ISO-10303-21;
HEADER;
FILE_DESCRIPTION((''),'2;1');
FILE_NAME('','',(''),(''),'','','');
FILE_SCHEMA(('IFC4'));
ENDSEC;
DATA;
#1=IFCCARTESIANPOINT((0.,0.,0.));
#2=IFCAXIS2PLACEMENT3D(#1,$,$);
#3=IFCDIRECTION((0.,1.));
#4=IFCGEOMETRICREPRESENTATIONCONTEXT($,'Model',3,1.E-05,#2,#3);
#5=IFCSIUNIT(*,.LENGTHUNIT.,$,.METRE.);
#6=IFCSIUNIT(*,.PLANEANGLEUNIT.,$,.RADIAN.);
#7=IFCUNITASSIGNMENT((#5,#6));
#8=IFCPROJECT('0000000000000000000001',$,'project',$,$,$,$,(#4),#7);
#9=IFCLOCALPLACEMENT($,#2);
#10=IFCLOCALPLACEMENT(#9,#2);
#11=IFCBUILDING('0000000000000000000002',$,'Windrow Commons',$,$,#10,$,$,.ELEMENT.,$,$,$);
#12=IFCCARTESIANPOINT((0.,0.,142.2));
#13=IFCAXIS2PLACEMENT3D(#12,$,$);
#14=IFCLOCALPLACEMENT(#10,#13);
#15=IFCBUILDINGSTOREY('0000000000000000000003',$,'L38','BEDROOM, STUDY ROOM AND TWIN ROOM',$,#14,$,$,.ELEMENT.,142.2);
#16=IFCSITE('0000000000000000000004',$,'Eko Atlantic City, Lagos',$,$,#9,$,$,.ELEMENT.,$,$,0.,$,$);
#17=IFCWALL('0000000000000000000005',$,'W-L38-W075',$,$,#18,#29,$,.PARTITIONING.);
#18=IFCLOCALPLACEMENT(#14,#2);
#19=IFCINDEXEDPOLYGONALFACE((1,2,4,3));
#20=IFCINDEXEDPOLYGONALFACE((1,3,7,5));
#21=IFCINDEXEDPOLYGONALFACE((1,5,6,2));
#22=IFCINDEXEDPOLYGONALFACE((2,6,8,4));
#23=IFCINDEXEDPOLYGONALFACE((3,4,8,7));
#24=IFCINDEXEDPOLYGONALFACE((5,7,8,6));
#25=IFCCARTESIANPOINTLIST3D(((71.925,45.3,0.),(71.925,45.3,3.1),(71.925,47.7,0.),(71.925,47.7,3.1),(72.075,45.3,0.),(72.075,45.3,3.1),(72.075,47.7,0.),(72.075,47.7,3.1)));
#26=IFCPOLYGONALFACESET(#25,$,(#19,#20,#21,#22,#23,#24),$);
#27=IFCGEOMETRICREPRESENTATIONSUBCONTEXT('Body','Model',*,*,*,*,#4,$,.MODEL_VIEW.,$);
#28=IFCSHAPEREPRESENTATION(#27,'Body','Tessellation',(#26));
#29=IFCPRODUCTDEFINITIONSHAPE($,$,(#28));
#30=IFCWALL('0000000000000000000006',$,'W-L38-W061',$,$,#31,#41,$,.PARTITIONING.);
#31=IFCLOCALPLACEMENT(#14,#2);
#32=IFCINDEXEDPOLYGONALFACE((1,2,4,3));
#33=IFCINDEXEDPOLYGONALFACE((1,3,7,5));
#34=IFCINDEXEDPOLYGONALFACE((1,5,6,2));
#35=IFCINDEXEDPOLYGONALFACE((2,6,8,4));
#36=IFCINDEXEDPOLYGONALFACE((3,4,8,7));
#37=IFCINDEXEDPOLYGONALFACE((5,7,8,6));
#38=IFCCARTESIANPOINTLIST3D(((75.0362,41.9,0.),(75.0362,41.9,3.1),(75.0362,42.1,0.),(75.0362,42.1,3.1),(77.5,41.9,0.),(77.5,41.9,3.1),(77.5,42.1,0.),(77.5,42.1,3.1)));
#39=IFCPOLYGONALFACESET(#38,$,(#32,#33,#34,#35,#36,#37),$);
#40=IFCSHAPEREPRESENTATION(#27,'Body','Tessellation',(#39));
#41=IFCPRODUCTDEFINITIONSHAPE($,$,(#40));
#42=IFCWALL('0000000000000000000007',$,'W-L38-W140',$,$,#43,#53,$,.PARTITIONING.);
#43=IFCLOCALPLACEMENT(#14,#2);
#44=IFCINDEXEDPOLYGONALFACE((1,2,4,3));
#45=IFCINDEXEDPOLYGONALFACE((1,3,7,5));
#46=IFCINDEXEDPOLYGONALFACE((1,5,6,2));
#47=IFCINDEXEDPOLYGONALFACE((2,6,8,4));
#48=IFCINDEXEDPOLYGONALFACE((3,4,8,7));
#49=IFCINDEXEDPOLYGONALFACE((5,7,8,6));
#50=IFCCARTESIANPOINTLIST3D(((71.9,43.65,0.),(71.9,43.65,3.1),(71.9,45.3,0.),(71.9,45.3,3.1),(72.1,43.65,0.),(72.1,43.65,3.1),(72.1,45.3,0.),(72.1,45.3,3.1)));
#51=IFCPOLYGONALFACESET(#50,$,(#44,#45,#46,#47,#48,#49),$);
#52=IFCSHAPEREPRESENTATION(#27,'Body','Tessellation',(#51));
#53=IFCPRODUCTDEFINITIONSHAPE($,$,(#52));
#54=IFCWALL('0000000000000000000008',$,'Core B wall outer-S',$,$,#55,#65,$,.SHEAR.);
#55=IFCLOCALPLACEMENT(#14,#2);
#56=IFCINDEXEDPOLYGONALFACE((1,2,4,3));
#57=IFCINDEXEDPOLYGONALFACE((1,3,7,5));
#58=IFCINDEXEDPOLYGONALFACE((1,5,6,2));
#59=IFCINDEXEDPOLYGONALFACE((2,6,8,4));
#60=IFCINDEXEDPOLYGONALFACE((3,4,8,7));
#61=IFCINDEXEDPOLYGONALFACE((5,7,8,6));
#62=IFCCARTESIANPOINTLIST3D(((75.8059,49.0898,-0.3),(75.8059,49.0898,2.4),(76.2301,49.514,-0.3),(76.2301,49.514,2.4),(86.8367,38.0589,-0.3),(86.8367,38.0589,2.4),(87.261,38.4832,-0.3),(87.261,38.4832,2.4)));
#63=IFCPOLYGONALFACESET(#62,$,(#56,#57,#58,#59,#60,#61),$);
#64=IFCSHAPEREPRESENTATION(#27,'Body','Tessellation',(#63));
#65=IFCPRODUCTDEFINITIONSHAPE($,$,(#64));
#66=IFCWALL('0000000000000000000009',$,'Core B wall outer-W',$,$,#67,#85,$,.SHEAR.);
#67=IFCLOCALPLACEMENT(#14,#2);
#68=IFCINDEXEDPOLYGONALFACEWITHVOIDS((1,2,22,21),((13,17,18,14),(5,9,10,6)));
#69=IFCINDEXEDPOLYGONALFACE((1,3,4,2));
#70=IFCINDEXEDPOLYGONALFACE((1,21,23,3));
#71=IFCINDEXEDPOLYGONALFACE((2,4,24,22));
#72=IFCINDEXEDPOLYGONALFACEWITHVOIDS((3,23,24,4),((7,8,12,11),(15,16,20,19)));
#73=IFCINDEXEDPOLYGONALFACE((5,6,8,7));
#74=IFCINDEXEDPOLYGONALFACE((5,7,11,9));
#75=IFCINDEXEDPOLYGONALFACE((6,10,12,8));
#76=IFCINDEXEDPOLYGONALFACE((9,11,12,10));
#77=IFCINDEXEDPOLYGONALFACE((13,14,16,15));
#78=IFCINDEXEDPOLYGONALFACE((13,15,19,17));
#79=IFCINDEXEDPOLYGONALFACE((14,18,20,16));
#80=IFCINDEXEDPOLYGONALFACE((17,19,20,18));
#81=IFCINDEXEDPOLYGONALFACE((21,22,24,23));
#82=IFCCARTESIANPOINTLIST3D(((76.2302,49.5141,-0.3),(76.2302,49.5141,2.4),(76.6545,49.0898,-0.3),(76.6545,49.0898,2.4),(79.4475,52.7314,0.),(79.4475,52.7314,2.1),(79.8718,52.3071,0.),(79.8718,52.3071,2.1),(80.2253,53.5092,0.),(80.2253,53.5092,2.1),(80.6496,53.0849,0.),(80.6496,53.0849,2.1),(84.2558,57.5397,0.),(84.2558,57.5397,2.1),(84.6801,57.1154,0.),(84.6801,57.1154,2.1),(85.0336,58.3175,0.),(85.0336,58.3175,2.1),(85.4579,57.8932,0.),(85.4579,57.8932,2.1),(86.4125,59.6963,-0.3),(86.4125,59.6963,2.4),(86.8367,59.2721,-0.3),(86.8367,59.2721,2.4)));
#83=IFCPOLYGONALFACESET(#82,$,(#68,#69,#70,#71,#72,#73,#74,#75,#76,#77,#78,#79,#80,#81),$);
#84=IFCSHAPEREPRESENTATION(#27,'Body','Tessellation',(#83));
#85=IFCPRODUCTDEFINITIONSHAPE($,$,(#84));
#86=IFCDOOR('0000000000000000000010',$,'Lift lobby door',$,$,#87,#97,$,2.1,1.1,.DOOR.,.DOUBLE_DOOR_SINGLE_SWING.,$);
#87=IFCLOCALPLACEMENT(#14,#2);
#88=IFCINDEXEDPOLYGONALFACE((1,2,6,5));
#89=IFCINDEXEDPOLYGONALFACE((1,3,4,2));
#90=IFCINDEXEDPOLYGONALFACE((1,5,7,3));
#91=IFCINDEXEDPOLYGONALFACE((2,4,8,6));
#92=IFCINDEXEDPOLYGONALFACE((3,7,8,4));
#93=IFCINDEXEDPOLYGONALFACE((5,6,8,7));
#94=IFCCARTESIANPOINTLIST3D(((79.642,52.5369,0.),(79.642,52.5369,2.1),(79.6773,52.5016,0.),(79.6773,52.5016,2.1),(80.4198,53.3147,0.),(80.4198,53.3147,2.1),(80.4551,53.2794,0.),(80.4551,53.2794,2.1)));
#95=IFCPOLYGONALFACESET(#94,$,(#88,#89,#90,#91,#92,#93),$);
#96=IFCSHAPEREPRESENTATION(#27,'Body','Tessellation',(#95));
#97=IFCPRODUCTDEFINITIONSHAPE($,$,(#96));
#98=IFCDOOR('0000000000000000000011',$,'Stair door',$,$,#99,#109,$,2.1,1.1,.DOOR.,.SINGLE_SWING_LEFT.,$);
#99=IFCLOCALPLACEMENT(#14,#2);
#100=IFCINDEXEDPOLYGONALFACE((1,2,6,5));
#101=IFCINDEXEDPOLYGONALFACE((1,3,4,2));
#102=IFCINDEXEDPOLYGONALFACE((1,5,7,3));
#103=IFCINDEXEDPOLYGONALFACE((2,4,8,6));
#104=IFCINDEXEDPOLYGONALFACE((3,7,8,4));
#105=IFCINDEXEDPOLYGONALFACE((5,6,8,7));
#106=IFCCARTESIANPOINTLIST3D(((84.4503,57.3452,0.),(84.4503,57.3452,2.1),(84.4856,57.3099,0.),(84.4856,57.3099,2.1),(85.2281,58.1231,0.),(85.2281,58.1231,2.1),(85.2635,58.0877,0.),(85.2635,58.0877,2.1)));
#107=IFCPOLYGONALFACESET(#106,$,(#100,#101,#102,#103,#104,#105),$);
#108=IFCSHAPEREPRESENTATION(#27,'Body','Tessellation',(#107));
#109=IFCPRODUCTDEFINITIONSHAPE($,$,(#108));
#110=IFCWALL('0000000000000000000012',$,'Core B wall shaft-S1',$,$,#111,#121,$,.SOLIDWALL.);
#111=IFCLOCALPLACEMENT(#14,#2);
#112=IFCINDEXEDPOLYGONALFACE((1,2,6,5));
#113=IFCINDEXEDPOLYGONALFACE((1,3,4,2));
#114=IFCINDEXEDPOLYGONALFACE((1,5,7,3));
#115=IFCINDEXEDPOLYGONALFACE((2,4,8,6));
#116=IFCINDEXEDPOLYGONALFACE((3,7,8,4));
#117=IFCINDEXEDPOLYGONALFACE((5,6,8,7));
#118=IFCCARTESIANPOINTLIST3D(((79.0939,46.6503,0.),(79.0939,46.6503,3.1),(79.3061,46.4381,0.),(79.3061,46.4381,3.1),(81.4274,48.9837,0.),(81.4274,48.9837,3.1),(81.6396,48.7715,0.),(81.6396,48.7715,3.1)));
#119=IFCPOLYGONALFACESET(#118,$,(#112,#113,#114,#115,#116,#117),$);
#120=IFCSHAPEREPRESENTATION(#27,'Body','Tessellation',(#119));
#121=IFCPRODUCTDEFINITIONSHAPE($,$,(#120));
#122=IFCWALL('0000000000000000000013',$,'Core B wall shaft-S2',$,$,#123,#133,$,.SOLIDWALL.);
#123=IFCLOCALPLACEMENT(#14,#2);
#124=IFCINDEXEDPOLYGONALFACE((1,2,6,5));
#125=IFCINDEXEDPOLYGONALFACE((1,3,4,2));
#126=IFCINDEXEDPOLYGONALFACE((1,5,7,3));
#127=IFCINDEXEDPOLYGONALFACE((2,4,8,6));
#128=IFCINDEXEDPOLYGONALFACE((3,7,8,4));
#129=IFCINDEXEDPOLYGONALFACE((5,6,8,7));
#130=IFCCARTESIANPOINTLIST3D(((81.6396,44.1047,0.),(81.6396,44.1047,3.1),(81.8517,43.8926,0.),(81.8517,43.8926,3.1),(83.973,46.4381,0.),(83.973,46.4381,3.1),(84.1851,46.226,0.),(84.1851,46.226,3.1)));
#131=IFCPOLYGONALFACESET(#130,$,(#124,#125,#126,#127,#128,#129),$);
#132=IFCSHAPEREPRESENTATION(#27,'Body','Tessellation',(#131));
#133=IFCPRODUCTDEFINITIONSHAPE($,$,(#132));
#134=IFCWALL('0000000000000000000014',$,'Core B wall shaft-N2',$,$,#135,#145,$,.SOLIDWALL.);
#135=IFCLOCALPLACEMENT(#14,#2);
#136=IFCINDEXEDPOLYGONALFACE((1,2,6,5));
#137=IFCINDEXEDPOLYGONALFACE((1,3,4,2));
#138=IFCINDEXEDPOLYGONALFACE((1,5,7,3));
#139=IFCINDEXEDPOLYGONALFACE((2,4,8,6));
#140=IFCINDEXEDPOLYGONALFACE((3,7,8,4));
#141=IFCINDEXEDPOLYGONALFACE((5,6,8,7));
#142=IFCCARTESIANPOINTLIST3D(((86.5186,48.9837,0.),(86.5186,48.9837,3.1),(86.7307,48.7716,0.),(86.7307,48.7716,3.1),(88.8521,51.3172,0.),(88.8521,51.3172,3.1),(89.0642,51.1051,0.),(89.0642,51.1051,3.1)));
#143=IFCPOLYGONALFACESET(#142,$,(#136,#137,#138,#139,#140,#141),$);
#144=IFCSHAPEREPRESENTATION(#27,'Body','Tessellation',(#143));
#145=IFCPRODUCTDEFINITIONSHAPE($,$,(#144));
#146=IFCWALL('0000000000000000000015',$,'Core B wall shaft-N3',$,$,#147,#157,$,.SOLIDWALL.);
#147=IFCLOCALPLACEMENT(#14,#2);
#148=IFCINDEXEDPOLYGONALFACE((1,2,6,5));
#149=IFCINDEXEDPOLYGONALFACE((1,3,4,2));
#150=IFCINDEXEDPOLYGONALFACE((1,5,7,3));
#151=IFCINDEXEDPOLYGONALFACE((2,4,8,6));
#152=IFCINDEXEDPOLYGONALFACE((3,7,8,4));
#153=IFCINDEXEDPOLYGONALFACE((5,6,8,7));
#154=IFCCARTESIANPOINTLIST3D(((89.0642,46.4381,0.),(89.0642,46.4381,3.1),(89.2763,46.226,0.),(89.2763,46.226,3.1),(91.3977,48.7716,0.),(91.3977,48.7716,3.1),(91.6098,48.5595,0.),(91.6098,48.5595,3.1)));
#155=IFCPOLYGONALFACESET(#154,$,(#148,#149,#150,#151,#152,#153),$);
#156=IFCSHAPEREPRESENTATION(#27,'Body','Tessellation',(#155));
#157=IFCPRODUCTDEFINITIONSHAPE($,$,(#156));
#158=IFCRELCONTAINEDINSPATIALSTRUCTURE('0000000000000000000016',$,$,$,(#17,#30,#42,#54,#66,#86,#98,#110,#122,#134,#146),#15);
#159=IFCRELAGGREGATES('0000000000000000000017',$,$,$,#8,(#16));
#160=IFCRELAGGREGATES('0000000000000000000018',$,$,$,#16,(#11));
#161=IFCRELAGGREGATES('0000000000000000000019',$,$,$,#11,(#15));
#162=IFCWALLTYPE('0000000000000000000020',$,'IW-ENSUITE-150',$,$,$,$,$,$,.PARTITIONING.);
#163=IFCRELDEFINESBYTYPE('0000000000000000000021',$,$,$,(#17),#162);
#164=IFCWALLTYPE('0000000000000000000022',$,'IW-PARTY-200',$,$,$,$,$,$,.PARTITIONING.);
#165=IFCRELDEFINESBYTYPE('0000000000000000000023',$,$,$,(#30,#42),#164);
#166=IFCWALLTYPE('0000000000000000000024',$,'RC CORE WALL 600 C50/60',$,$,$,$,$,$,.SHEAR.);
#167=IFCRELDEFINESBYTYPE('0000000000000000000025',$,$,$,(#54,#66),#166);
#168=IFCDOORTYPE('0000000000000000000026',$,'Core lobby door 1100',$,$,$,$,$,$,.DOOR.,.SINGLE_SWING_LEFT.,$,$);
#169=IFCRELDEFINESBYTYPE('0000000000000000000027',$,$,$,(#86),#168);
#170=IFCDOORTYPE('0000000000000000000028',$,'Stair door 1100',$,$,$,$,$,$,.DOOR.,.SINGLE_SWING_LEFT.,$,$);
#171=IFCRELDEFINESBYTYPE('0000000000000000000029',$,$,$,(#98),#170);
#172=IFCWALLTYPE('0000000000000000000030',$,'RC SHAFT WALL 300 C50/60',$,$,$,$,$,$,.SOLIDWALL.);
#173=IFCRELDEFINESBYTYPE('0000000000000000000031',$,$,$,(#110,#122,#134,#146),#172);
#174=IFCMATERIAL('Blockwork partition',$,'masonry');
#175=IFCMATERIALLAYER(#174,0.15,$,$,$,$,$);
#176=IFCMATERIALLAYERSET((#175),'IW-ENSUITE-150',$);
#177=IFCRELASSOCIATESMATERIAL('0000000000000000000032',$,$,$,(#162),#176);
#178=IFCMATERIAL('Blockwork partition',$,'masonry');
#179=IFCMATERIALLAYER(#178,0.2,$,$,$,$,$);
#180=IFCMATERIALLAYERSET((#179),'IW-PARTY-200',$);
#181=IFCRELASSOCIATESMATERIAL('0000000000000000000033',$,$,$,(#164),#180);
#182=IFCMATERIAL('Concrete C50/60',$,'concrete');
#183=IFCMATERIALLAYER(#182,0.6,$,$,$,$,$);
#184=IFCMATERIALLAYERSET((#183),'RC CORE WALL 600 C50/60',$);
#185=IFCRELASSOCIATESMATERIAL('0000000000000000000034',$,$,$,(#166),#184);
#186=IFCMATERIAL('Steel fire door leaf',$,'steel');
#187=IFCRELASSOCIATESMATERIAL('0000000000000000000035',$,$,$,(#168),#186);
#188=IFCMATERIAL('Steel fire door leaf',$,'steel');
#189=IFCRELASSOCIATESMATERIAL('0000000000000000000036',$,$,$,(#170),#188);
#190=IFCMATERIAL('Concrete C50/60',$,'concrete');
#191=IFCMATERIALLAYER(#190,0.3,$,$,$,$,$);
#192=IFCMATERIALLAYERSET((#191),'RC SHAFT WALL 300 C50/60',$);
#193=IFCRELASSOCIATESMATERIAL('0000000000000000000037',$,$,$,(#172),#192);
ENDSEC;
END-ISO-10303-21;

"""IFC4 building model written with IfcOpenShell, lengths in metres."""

from ifc_helpers import new_model, si_unit, direction, frame, frame_2d, origin, place, context, subcontext, project, spatial, rectangle, extrude, material, layer, layer_set, type_object, element, fill, save


model = new_model("IFC4")

# Units and contexts
model_context = context("Model", 3, precision=1e-05, world=origin(), true_north=direction((0.0, 1.0)))
body_context = subcontext(model_context, "Body", "Model", "MODEL_VIEW")
ifc_project = project(units=[si_unit("LENGTHUNIT", "METRE"), si_unit("PLANEANGLEUNIT", "RADIAN")], contexts=[model_context])

# Site, building, storey
site_placement = place(None, origin())
site = spatial("IfcSite", under=ifc_project, at=site_placement, Name="Eko Atlantic City, Lagos", CompositionType="ELEMENT", RefElevation=0.0)
building_placement = place(site_placement, origin())
building = spatial("IfcBuilding", under=site, at=building_placement, Name="Windrow Commons", CompositionType="ELEMENT")
storey_placement = place(building_placement, frame((0.0, 0.0, 142.2)))
storey = spatial("IfcBuildingStorey", under=building, at=storey_placement, Name="L38", Description="BEDROOM, STUDY ROOM AND TWIN ROOM", CompositionType="ELEMENT", Elevation=142.2)

# Walls
ifc_material_1 = material(Name="Blockwork partition", Category="masonry")
ifc_layer_1 = layer(ifc_material_1, 0.15)
ifc_layer_set_1 = layer_set([ifc_layer_1], Name="IW-ENSUITE-150")
wall_type_1 = type_object("IfcWallType", Name="IW-ENSUITE-150", PredefinedType="PARTITIONING", material=ifc_layer_set_1)
wall_1_placement = place(storey_placement, frame((72.0, 45.3, 0.0), z_axis=(0.0, 0.0, 1.0), x_axis=(0.0, 1.0, 0.0)))
element("IfcWall", 1, at=wall_1_placement, inside=storey, type_object=wall_type_1, Name="W-L38-W075", PredefinedType="PARTITIONING", context=body_context, shape_type="SweptSolid", body=[
    extrude(rectangle(XDim=2.4, YDim=0.15, at=frame_2d((1.2, 0.0))), origin(), (0.0, 0.0, 1.0), 3.1),
])
ifc_material_2 = material(Name="Blockwork partition", Category="masonry")
ifc_layer_2 = layer(ifc_material_2, 0.2)
ifc_layer_set_2 = layer_set([ifc_layer_2], Name="IW-PARTY-200")
wall_type_2 = type_object("IfcWallType", Name="IW-PARTY-200", PredefinedType="PARTITIONING", material=ifc_layer_set_2)
wall_2_placement = place(storey_placement, frame((75.0363, 42.0, 0.0), z_axis=(0.0, 0.0, 1.0), x_axis=(1.0, 0.0, 0.0)))
element("IfcWall", 2, at=wall_2_placement, inside=storey, type_object=wall_type_2, Name="W-L38-W061", PredefinedType="PARTITIONING", context=body_context, shape_type="SweptSolid", body=[
    extrude(rectangle(XDim=2.4637, YDim=0.2, at=frame_2d((1.2318, 0.0))), origin(), (0.0, 0.0, 1.0), 3.1),
])
wall_3_placement = place(storey_placement, frame((72.0, 43.65, 0.0), z_axis=(0.0, 0.0, 1.0), x_axis=(0.0, 1.0, 0.0)))
element("IfcWall", 3, at=wall_3_placement, inside=storey, type_object=wall_type_2, Name="W-L38-W140", PredefinedType="PARTITIONING", context=body_context, shape_type="SweptSolid", body=[
    extrude(rectangle(XDim=1.65, YDim=0.2, at=frame_2d((0.825, 0.0))), origin(), (0.0, 0.0, 1.0), 3.1),
])
ifc_material_3 = material(Name="Concrete C50/60", Category="concrete")
ifc_layer_3 = layer(ifc_material_3, 0.6)
ifc_layer_set_3 = layer_set([ifc_layer_3], Name="RC CORE WALL 600 C50/60")
wall_type_3 = type_object("IfcWallType", Name="RC CORE WALL 600 C50/60", PredefinedType="SHEAR", material=ifc_layer_set_3)
wall_4_placement = place(storey_placement, frame((76.018, 49.3019, -0.3), z_axis=(0.0, 0.0, 1.0), x_axis=(0.707107, -0.707107, 0.0)))
element("IfcWall", 4, at=wall_4_placement, inside=storey, type_object=wall_type_3, Name="Core B wall outer-S", PredefinedType="SHEAR", context=body_context, shape_type="SweptSolid", body=[
    extrude(rectangle(XDim=15.6, YDim=0.6, at=frame_2d((7.8, 0.0))), origin(), (0.0, 0.0, 1.0), 2.7),
])

# Wall, openings, doors
wall_5_placement = place(storey_placement, frame((76.4423, 49.3019, -0.3), z_axis=(0.0, 0.0, 1.0), x_axis=(0.707107, 0.707107, 0.0)))
wall_5 = element("IfcWall", 5, at=wall_5_placement, inside=storey, type_object=wall_type_3, Name="Core B wall outer-W", PredefinedType="SHEAR", context=body_context, shape_type="SweptSolid", body=[
    extrude(rectangle(XDim=14.3999, YDim=0.6, at=frame_2d((7.2, 0.0))), origin(), (0.0, 0.0, 1.0), 2.7),
])
opening_1_placement = place(wall_5_placement, frame((4.55, 0.0, 0.3)))
opening_1 = element("IfcOpeningElement", 6, at=opening_1_placement, cuts=wall_5, PredefinedType="OPENING", context=body_context, shape_type="SweptSolid", body=[
    extrude(rectangle(XDim=1.1, YDim=2.1, at=frame_2d((0.55, 1.05))), frame((0.0, 0.31, 0.0), z_axis=(0.0, -1.0, 0.0), x_axis=(1.0, 0.0, 0.0)), (0.0, 0.0, 1.0), 0.62),
])
opening_2_placement = place(wall_5_placement, frame((11.35, 0.0, 0.3)))
opening_2 = element("IfcOpeningElement", 7, at=opening_2_placement, cuts=wall_5, PredefinedType="OPENING", context=body_context, shape_type="SweptSolid", body=[
    extrude(rectangle(XDim=1.1, YDim=2.1, at=frame_2d((0.55, 1.05))), frame((0.0, 0.31, 0.0), z_axis=(0.0, -1.0, 0.0), x_axis=(1.0, 0.0, 0.0)), (0.0, 0.0, 1.0), 0.62),
])
ifc_material_4 = material(Name="Steel fire door leaf", Category="steel")
door_type_1 = type_object("IfcDoorType", Name="Core lobby door 1100", OperationType="SINGLE_SWING_LEFT", PredefinedType="DOOR", material=ifc_material_4)
door_1_placement = place(opening_1_placement, origin())
door_1 = element("IfcDoor", 8, at=door_1_placement, inside=storey, type_object=door_type_1, Name="Lift lobby door", OperationType="DOUBLE_DOOR_SINGLE_SWING", OverallHeight=2.1, OverallWidth=1.1, PredefinedType="DOOR", context=body_context, shape_type="SweptSolid", body=[
    extrude(rectangle(XDim=1.1, YDim=2.1, at=frame_2d((0.55, 1.05))), frame((0.0, 0.025, 0.0), z_axis=(0.0, -1.0, 0.0), x_axis=(1.0, 0.0, 0.0)), (0.0, 0.0, 1.0), 0.05),
])
fill(opening_1, door_1)
ifc_material_5 = material(Name="Steel fire door leaf", Category="steel")
door_type_2 = type_object("IfcDoorType", Name="Stair door 1100", OperationType="SINGLE_SWING_LEFT", PredefinedType="DOOR", material=ifc_material_5)
door_2_placement = place(opening_2_placement, origin())
door_2 = element("IfcDoor", 9, at=door_2_placement, inside=storey, type_object=door_type_2, Name="Stair door", OperationType="SINGLE_SWING_LEFT", OverallHeight=2.1, OverallWidth=1.1, PredefinedType="DOOR", context=body_context, shape_type="SweptSolid", body=[
    extrude(rectangle(XDim=1.1, YDim=2.1, at=frame_2d((0.55, 1.05))), frame((0.0, 0.025, 0.0), z_axis=(0.0, -1.0, 0.0), x_axis=(1.0, 0.0, 0.0)), (0.0, 0.0, 1.0), 0.05),
])
fill(opening_2, door_2)

# Walls
ifc_material_6 = material(Name="Concrete C50/60", Category="concrete")
ifc_layer_4 = layer(ifc_material_6, 0.3)
ifc_layer_set_4 = layer_set([ifc_layer_4], Name="RC SHAFT WALL 300 C50/60")
wall_type_4 = type_object("IfcWallType", Name="RC SHAFT WALL 300 C50/60", PredefinedType="SOLIDWALL", material=ifc_layer_set_4)
wall_6_placement = place(storey_placement, frame((79.2, 46.5442, 0.0), z_axis=(0.0, 0.0, 1.0), x_axis=(0.707122, 0.707092, 0.0)))
element("IfcWall", 10, at=wall_6_placement, inside=storey, type_object=wall_type_4, Name="Core B wall shaft-S1", PredefinedType="SOLIDWALL", context=body_context, shape_type="SweptSolid", body=[
    extrude(rectangle(XDim=3.3, YDim=0.3, at=frame_2d((1.65, 0.0))), origin(), (0.0, 0.0, 1.0), 3.1),
])
wall_7_placement = place(storey_placement, frame((81.7456, 43.9986, 0.0), z_axis=(0.0, 0.0, 1.0), x_axis=(0.707107, 0.707107, 0.0)))
element("IfcWall", 11, at=wall_7_placement, inside=storey, type_object=wall_type_4, Name="Core B wall shaft-S2", PredefinedType="SOLIDWALL", context=body_context, shape_type="SweptSolid", body=[
    extrude(rectangle(XDim=3.2999, YDim=0.3, at=frame_2d((1.65, 0.0))), origin(), (0.0, 0.0, 1.0), 3.1),
])
for number, where, z_axis, x_axis, name in (
    (12, (86.6246, 48.8776, 0.0), (0.0, 0.0, 1.0), (0.707107, 0.707107, 0.0), "Core B wall shaft-N2"),
    (13, (89.1702, 46.332, 0.0), (0.0, 0.0, 1.0), (0.707107, 0.707107, 0.0), "Core B wall shaft-N3"),
):
    element("IfcWall", number, at=place(storey_placement, frame(where, z_axis=z_axis, x_axis=x_axis)), inside=storey, type_object=wall_type_4, Name=name, PredefinedType="SOLIDWALL", context=body_context, shape_type="SweptSolid", body=[
        extrude(rectangle(XDim=3.3001, YDim=0.3, at=frame_2d((1.6501, 0.0))), origin(), (0.0, 0.0, 1.0), 3.1),
    ])

save(model, "model.ifc")
